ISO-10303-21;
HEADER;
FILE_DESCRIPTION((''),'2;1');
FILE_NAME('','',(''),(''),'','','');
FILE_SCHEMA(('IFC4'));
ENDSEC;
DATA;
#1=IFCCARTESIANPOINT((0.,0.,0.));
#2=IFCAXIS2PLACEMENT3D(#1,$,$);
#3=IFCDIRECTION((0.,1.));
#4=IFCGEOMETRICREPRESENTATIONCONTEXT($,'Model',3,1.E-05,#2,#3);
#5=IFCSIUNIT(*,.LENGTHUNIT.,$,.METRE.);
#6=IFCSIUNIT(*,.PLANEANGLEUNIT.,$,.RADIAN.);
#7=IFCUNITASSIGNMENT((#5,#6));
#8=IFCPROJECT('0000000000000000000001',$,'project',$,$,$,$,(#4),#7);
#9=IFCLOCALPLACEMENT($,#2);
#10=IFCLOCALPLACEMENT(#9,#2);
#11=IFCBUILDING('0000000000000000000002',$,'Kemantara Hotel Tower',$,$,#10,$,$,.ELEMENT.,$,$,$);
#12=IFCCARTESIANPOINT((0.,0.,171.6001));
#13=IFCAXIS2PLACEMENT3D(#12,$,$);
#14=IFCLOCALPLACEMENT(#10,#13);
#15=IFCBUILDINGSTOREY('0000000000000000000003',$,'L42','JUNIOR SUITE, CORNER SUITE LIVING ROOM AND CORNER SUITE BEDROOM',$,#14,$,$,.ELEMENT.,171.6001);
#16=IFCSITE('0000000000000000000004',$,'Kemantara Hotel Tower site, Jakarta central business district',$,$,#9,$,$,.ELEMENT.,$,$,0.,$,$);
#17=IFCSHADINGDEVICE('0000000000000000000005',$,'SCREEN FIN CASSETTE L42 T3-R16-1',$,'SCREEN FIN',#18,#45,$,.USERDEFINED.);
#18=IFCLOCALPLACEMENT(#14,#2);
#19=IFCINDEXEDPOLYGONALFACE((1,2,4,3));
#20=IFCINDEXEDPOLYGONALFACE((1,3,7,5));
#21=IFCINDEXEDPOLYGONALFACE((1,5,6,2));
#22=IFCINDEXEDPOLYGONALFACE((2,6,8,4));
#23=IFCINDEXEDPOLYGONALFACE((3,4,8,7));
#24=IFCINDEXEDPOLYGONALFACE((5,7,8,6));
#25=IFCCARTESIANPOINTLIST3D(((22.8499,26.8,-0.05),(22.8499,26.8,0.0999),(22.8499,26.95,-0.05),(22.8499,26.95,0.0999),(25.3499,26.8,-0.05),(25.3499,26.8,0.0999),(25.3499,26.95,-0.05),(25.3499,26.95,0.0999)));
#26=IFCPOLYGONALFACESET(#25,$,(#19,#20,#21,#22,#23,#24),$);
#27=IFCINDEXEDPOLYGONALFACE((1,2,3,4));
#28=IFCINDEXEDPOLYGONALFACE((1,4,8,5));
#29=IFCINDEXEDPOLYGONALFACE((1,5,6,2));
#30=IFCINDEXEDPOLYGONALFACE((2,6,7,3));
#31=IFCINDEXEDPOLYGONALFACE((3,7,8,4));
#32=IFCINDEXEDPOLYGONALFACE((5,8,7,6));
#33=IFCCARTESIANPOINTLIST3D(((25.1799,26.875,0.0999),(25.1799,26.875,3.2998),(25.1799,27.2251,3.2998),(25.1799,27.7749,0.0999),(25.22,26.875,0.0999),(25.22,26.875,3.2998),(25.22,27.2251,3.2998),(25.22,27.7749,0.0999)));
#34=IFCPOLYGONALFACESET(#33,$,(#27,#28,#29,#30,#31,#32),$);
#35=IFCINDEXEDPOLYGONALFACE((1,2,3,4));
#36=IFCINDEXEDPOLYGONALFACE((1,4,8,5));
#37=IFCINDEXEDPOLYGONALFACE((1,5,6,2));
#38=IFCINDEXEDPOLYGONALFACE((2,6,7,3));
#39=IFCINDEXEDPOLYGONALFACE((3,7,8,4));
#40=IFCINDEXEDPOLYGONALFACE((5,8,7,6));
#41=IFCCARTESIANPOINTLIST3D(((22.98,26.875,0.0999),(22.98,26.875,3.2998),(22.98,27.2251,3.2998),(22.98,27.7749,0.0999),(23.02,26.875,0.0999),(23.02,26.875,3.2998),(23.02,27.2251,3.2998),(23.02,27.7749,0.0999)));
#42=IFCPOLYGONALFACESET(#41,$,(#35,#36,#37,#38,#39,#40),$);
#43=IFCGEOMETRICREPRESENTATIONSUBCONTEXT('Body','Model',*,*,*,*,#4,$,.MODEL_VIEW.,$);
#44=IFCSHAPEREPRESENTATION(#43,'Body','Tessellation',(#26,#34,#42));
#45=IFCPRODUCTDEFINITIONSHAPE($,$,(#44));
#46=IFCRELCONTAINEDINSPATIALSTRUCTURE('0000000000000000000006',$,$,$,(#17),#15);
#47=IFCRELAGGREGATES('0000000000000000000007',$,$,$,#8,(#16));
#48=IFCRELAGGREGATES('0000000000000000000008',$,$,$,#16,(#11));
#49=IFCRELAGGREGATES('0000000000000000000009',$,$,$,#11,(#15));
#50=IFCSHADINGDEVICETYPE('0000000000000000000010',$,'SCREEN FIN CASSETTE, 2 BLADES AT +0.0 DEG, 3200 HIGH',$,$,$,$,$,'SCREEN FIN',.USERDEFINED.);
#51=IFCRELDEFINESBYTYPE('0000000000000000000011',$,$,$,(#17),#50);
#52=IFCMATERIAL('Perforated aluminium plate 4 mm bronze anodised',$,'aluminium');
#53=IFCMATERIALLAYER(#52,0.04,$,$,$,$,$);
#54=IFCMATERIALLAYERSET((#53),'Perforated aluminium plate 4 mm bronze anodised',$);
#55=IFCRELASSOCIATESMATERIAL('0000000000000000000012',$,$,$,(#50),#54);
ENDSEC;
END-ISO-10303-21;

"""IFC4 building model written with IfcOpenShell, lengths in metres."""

from ifc_helpers import new_model, si_unit, direction, frame, origin, origin_2d, place, context, subcontext, project, spatial, polyline, rectangle, outline, extrude, source, transform, mapped, material, layer, layer_set, type_object, element, save


model = new_model("IFC4")

# Units and contexts
model_context = context("Model", 3, precision=1e-05, world=origin(), true_north=direction((0.0, 1.0)))
body_context = subcontext(model_context, "Body", "Model", "MODEL_VIEW")
ifc_project = project(units=[si_unit("LENGTHUNIT", "METRE"), si_unit("PLANEANGLEUNIT", "RADIAN")], contexts=[model_context])

# Site, building, storey
site_placement = place(None, origin())
site = spatial("IfcSite", under=ifc_project, at=site_placement, Name="Kemantara Hotel Tower site, Jakarta central business district", CompositionType="ELEMENT", RefElevation=0.0)
building_placement = place(site_placement, origin())
building = spatial("IfcBuilding", under=site, at=building_placement, Name="Kemantara Hotel Tower", CompositionType="ELEMENT")
storey_placement = place(building_placement, frame((0.0, 0.0, 171.6001)))
storey = spatial("IfcBuildingStorey", under=building, at=storey_placement, Name="L42", Description="JUNIOR SUITE, CORNER SUITE LIVING ROOM AND CORNER SUITE BEDROOM", CompositionType="ELEMENT", Elevation=171.6001)

# Shading device
ifc_material_1 = material(Name="Perforated aluminium plate 4 mm bronze anodised", Category="aluminium")
ifc_layer_1 = layer(ifc_material_1, 0.04)
ifc_layer_set_1 = layer_set([ifc_layer_1], Name="Perforated aluminium plate 4 mm bronze anodised")
shading_device_type_1 = type_object("IfcShadingDeviceType", Name="SCREEN FIN CASSETTE, 2 BLADES AT +0.0 DEG, 3200 HIGH", ElementType="SCREEN FIN", PredefinedType="USERDEFINED", material=ifc_layer_set_1)
shared_shape_1 = source(origin(), body_context, "Body", "SweptSolid", [
    extrude(rectangle(XDim=2.5, YDim=0.1499, at=origin_2d()), frame((1.1001, -0.075, -0.1499), z_axis=(0.0, 0.0, 1.0), x_axis=(1.0, 0.0, 0.0)), (0.0, 0.0, 1.0), 0.1499),
    extrude(outline(polyline([(0.0, 0.0), (0.8999, 0.0), (0.3501, 3.2), (0.0, 3.2), (0.0, 0.0)])), frame((0.02, -0.075, 0.0), z_axis=(-1.0, 0.0, 0.0), x_axis=(0.0, -1.0, 0.0)), (0.0, 0.0, 1.0), 0.04),
    extrude(outline(polyline([(0.0, 0.0), (0.8999, 0.0), (0.3501, 3.2), (0.0, 3.2), (0.0, 0.0)])), frame((2.22, -0.075, 0.0), z_axis=(-1.0, 0.0, 0.0), x_axis=(0.0, -1.0, 0.0)), (0.0, 0.0, 1.0), 0.04),
])
for number, where, z_axis, x_axis, name in (
    (1, (25.2, 26.8, 0.0999), (0.0, 0.0, 1.0), (-1.0, 0.0, 0.0), "SCREEN FIN CASSETTE L42 T3-R16-1"),
):
    element("IfcShadingDevice", number, at=place(storey_placement, frame(where, z_axis=z_axis, x_axis=x_axis)), inside=storey, type_object=shading_device_type_1, Name=name, ObjectType="SCREEN FIN", PredefinedType="USERDEFINED", context=body_context, shape_type="MappedRepresentation", body=[
        mapped(shared_shape_1, transform((0.0, 0.0, 0.0))),
    ])

save(model, "model.ifc")
